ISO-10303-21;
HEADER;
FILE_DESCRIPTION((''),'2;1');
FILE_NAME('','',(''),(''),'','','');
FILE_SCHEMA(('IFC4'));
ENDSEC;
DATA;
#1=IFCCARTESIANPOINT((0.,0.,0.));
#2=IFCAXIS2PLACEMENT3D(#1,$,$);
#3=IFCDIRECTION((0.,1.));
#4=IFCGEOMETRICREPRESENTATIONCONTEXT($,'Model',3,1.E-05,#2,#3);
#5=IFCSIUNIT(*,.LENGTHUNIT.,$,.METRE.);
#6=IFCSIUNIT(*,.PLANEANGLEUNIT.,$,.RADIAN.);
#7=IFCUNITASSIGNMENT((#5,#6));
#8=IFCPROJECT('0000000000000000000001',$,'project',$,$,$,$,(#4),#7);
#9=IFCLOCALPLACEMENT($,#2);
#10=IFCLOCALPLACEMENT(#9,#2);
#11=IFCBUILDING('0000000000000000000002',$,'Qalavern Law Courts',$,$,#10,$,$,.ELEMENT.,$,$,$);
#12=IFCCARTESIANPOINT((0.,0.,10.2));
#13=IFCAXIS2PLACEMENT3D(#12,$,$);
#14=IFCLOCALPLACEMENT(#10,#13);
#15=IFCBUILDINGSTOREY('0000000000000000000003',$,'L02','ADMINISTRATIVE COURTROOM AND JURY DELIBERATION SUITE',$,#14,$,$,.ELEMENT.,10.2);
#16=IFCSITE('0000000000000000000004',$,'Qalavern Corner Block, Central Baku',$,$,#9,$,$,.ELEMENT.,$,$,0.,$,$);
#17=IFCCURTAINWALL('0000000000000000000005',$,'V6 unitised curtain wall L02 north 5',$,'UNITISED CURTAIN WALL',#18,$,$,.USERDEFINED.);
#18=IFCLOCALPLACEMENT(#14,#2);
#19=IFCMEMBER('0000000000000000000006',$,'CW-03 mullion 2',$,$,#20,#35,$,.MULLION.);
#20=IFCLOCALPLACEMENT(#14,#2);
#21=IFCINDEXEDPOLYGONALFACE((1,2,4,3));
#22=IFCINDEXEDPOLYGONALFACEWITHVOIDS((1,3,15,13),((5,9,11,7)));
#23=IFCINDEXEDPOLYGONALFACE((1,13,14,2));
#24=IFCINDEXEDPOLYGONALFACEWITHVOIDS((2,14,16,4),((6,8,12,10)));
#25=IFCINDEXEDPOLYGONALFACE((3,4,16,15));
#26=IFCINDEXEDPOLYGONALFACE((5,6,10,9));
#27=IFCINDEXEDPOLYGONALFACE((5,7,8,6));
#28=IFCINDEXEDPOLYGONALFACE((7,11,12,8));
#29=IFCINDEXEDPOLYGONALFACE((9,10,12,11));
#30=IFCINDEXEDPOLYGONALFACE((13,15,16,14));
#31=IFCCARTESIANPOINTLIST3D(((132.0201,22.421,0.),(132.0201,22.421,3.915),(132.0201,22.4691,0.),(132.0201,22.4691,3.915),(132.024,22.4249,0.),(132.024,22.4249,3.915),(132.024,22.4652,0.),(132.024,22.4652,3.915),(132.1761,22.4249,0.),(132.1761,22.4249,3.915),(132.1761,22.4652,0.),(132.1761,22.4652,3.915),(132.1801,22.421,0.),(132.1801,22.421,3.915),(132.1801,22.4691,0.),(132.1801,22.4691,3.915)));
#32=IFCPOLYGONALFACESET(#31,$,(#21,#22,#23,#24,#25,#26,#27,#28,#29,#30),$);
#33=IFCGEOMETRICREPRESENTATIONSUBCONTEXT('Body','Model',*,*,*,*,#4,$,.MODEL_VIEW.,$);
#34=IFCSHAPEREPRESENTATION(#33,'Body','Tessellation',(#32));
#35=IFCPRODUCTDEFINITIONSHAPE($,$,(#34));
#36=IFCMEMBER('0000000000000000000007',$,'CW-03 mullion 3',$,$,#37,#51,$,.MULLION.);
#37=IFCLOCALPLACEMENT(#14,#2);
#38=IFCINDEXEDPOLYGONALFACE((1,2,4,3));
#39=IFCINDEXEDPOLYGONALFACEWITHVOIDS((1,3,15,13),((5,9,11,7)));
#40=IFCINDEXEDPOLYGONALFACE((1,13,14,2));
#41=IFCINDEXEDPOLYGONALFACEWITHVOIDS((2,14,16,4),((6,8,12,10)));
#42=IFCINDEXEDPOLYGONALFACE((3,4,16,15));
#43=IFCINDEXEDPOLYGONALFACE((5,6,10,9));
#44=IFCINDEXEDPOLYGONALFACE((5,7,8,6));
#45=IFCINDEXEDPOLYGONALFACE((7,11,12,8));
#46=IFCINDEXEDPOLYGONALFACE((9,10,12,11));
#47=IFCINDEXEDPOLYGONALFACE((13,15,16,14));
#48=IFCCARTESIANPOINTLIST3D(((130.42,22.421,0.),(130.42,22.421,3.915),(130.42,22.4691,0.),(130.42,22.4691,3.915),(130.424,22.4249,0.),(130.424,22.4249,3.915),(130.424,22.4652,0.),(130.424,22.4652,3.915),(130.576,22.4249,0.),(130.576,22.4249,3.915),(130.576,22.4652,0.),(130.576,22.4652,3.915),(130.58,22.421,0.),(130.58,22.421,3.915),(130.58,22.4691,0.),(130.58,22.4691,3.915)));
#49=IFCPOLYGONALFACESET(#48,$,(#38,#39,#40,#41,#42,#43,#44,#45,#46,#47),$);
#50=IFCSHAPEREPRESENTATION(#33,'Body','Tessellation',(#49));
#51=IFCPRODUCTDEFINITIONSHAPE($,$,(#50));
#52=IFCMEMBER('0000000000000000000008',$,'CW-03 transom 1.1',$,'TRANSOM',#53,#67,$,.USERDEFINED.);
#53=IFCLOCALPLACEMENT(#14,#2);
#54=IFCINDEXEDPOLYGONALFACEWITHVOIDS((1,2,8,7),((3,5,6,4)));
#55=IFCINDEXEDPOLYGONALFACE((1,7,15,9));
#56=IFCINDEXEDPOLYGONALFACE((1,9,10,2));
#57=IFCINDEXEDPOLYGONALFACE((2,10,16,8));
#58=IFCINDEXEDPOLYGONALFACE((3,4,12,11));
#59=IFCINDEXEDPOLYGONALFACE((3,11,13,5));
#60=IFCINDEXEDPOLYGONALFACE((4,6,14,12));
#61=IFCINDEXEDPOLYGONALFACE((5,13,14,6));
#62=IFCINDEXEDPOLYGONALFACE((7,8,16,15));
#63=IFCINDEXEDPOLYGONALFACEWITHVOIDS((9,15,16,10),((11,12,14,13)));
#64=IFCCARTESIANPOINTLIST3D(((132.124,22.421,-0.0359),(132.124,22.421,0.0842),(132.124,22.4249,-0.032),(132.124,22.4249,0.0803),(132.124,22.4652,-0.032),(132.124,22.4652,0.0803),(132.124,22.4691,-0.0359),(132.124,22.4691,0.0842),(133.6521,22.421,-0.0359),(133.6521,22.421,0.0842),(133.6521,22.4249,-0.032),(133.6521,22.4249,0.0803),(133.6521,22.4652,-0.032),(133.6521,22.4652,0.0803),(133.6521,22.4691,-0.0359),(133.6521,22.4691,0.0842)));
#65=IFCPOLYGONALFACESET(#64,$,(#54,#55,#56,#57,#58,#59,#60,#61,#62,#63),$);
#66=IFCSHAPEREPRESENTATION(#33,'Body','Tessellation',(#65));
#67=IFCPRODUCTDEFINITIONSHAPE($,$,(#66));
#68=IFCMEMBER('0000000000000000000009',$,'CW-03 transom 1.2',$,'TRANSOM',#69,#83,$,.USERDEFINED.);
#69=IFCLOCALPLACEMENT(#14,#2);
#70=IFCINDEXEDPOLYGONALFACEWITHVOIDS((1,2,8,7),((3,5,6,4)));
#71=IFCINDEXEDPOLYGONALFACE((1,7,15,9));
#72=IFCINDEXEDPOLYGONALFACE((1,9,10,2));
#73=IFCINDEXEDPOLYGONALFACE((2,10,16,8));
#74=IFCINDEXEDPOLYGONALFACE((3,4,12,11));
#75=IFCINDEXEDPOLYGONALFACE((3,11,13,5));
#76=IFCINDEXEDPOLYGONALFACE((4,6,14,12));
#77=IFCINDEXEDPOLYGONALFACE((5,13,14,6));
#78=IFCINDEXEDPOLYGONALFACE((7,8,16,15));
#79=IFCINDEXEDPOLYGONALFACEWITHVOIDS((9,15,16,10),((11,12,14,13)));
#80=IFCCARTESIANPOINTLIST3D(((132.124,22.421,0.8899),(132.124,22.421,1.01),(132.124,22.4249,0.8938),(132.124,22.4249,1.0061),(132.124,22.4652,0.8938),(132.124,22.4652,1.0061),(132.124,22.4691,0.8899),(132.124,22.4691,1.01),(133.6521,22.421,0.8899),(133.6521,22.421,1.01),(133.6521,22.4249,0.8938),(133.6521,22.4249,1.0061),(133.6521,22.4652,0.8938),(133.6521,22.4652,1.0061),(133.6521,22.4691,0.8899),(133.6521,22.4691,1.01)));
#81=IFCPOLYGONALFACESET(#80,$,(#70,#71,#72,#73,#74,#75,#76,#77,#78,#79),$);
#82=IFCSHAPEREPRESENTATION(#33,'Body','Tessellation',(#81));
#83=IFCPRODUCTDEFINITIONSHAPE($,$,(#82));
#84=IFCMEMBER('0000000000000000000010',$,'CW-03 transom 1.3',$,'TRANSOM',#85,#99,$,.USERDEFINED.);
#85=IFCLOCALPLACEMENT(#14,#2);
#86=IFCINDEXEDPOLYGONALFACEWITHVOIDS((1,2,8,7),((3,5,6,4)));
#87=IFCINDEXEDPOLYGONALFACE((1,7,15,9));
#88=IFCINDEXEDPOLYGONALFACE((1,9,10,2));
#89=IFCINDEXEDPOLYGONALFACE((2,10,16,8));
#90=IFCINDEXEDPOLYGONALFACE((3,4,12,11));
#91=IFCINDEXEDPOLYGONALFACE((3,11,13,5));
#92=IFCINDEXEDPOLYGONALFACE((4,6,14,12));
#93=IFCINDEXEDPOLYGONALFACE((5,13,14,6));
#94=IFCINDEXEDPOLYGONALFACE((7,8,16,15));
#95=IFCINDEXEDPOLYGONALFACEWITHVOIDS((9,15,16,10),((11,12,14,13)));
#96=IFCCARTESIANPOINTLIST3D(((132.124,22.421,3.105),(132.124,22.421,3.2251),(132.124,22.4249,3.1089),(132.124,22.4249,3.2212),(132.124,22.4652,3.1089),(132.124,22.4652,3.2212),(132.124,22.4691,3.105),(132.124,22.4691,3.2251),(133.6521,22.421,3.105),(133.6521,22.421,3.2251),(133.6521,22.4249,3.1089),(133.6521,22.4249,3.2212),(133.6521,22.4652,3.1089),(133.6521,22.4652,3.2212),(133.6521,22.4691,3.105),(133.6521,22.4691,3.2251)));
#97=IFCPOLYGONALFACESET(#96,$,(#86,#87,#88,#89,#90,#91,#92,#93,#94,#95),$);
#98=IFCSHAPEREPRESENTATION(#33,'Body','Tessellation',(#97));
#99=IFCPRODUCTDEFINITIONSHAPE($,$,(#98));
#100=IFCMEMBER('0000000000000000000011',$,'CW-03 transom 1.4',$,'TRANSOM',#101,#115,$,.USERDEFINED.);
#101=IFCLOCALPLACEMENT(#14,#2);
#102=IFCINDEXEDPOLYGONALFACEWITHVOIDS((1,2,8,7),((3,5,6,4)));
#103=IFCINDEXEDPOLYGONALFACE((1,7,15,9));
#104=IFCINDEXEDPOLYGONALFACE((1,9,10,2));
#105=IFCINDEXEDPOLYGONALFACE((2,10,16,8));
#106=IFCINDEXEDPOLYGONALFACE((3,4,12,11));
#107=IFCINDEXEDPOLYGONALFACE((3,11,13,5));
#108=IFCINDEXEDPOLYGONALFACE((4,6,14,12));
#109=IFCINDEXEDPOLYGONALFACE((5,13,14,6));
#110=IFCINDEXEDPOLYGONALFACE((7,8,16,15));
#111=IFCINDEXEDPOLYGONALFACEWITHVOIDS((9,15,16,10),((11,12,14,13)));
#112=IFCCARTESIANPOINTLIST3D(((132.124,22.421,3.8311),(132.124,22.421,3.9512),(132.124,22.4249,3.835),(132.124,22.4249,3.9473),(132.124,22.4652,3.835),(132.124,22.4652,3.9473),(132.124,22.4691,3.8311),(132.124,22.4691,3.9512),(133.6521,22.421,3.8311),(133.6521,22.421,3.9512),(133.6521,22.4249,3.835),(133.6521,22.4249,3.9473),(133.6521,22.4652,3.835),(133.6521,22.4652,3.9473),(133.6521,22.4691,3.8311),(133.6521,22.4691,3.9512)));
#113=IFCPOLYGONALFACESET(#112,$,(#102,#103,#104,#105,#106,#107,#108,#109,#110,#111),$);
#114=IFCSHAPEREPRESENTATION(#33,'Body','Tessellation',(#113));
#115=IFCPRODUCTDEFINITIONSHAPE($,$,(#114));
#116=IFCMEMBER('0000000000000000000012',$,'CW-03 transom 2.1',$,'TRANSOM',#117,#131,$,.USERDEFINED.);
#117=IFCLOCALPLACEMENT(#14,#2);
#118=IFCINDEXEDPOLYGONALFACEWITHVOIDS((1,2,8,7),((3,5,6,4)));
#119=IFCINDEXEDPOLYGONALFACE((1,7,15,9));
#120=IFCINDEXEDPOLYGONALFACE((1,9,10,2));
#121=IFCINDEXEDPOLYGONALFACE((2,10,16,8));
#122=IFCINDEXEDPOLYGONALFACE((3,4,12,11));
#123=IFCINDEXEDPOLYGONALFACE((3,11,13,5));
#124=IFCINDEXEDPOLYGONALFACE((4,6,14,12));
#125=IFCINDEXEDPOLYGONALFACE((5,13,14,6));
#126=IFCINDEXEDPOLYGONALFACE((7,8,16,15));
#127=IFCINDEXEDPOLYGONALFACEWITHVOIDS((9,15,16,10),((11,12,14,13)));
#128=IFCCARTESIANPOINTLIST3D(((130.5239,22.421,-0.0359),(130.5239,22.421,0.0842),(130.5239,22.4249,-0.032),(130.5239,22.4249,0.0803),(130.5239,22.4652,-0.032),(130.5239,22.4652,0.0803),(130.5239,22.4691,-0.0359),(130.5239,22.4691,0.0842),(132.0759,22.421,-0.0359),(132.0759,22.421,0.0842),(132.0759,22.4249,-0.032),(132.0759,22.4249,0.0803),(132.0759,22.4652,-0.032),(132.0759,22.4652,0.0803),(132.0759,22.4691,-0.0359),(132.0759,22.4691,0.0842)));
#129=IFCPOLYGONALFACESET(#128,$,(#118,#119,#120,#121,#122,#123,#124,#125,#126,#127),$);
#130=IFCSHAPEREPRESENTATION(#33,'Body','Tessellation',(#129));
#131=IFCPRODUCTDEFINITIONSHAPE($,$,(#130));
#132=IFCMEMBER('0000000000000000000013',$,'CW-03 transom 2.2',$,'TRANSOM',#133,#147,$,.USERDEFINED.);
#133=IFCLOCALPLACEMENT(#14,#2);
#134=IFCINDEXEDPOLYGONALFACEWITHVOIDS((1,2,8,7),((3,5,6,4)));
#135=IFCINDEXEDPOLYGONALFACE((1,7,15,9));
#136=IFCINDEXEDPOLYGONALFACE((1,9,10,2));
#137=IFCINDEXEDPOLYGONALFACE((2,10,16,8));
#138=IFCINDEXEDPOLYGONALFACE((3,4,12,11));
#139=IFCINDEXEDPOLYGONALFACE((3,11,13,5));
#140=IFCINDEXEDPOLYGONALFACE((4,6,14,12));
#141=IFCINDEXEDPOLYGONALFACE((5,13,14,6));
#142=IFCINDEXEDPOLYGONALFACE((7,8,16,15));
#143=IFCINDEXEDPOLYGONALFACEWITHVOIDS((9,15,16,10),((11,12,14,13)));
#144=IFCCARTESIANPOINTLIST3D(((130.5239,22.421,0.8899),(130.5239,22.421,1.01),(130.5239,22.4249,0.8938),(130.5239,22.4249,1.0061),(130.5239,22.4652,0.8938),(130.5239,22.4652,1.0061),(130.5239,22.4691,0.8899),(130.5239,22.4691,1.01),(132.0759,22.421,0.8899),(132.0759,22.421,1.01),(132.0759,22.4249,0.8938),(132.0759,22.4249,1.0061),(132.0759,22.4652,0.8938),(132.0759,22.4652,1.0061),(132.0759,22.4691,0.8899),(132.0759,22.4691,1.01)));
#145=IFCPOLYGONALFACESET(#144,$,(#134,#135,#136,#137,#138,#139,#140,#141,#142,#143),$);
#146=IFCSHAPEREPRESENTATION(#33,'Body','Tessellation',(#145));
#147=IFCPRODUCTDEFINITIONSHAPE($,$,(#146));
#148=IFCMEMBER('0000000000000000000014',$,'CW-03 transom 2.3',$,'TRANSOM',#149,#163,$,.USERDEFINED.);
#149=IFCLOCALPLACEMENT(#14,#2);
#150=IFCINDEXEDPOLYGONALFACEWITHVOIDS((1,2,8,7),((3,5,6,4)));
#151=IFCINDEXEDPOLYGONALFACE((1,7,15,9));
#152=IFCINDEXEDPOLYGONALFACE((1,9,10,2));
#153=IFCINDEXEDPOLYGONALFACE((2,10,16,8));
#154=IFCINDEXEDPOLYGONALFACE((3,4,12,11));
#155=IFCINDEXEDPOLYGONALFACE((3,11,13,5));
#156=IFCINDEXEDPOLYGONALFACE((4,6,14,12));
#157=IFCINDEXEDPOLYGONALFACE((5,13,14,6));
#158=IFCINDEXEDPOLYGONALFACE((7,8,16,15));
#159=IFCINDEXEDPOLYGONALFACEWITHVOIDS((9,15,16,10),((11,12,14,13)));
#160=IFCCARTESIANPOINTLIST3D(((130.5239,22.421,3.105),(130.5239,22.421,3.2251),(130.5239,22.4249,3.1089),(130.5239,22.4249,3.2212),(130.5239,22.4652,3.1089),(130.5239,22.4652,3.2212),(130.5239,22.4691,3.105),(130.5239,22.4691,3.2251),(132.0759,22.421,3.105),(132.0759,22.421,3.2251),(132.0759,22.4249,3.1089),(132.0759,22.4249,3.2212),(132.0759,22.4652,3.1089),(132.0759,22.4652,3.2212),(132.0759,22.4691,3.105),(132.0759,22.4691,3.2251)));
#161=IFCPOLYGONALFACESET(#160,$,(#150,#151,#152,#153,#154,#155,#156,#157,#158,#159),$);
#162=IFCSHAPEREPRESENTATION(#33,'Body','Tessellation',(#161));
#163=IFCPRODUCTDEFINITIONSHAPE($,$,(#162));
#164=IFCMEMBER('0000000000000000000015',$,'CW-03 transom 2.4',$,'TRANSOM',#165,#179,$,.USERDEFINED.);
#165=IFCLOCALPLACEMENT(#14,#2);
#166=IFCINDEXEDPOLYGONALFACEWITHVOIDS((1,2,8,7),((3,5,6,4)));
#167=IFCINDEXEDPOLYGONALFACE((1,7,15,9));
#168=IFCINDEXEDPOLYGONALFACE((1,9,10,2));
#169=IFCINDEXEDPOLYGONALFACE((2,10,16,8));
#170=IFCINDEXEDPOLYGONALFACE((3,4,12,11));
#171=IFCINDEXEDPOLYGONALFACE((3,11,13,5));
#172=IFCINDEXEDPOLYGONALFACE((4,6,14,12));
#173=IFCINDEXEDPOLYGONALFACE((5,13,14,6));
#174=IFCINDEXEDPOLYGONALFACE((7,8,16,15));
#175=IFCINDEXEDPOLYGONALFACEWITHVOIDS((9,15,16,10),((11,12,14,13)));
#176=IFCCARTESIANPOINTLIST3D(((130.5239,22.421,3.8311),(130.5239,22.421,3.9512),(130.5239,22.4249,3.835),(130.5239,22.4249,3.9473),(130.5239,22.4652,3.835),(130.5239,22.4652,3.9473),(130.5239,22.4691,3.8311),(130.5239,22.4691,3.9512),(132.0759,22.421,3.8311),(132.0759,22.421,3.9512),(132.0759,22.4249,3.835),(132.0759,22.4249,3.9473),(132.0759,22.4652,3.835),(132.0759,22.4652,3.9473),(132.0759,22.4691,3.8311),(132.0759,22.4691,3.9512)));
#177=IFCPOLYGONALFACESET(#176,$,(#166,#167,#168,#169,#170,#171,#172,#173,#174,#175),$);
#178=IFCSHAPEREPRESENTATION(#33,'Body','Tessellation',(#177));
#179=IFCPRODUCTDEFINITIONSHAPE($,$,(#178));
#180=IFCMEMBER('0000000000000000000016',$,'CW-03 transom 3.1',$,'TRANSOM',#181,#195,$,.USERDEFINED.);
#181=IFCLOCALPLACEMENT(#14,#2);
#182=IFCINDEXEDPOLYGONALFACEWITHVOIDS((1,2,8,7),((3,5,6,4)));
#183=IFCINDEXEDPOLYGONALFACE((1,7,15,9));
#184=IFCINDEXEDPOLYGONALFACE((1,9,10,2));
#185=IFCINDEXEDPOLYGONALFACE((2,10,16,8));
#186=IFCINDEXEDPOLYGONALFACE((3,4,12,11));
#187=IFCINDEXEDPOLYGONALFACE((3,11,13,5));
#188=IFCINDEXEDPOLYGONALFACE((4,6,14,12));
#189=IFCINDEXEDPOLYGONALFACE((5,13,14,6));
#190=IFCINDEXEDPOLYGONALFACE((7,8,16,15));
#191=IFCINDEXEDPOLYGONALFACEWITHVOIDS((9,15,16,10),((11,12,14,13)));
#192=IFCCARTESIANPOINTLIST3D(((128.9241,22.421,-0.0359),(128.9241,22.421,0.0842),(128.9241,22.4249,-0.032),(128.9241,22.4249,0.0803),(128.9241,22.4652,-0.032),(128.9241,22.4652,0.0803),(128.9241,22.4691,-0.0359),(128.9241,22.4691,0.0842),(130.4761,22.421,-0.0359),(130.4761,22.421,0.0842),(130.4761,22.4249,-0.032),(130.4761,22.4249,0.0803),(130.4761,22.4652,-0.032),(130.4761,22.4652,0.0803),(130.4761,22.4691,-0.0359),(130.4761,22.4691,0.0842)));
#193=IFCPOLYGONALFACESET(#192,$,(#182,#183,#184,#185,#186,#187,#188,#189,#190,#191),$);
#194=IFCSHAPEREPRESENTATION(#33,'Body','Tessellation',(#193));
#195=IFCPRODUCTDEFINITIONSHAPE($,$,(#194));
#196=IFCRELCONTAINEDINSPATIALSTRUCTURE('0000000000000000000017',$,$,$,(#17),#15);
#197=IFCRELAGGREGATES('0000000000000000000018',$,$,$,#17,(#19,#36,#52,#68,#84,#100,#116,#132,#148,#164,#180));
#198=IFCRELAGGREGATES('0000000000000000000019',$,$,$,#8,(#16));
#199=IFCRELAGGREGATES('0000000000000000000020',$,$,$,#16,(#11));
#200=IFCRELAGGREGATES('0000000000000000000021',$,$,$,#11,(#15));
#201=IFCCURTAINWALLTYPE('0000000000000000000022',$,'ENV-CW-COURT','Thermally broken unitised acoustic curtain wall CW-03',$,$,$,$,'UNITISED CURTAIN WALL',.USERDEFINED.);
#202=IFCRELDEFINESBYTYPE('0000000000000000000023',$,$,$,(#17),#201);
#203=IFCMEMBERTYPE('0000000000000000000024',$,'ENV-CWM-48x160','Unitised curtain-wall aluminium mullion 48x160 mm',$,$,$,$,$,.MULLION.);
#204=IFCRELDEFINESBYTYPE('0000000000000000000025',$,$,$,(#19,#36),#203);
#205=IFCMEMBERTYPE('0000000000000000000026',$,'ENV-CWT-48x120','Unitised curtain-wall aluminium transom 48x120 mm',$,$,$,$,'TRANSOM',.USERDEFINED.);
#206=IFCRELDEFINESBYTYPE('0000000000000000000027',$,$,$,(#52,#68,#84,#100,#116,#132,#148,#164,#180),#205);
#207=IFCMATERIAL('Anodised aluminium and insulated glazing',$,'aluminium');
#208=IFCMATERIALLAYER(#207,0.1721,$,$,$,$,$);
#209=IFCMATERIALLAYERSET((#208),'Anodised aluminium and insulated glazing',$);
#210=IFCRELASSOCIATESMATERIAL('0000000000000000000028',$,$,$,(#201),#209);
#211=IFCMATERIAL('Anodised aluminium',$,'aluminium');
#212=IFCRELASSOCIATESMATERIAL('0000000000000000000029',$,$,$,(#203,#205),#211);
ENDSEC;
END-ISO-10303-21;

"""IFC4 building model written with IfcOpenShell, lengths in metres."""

from ifc_helpers import new_model, si_unit, direction, frame, origin, origin_2d, place, context, subcontext, project, spatial, hollow_rectangle, extrude, material, layer, layer_set, material_profile, profile_set, type_object, element, aggregate, save


model = new_model("IFC4")

# Units and contexts
model_context = context("Model", 3, precision=1e-05, world=origin(), true_north=direction((0.0, 1.0)))
body_context = subcontext(model_context, "Body", "Model", "MODEL_VIEW")
ifc_project = project(units=[si_unit("LENGTHUNIT", "METRE"), si_unit("PLANEANGLEUNIT", "RADIAN")], contexts=[model_context])

# Site, building, storey
site_placement = place(None, origin())
site = spatial("IfcSite", under=ifc_project, at=site_placement, Name="Qalavern Corner Block, Central Baku", CompositionType="ELEMENT", RefElevation=0.0)
building_placement = place(site_placement, origin())
building = spatial("IfcBuilding", under=site, at=building_placement, Name="Qalavern Law Courts", CompositionType="ELEMENT")
storey_placement = place(building_placement, frame((0.0, 0.0, 10.2)))
storey = spatial("IfcBuildingStorey", under=building, at=storey_placement, Name="L02", Description="ADMINISTRATIVE COURTROOM AND JURY DELIBERATION SUITE", CompositionType="ELEMENT", Elevation=10.2)

# Curtain wall, members
ifc_material_1 = material(Name="Anodised aluminium and insulated glazing", Category="aluminium")
ifc_layer_1 = layer(ifc_material_1, 0.1721)
ifc_layer_set_1 = layer_set([ifc_layer_1], Name="Anodised aluminium and insulated glazing")
curtain_wall_type = type_object("IfcCurtainWallType", Name="ENV-CW-COURT", Description="Thermally broken unitised acoustic curtain wall CW-03", ElementType="UNITISED CURTAIN WALL", PredefinedType="USERDEFINED", material=ifc_layer_set_1)
curtain_wall_placement = place(storey_placement, origin())
curtain_wall = element("IfcCurtainWall", 1, at=curtain_wall_placement, inside=storey, type_object=curtain_wall_type, Name="V6 unitised curtain wall L02 north 5", ObjectType="UNITISED CURTAIN WALL", PredefinedType="USERDEFINED")
ifc_material_2 = material(Name="Anodised aluminium", Category="aluminium")
ifc_material_profile_1 = material_profile(ifc_material_2, hollow_rectangle(XDim=0.0481, YDim=0.1599, WallThickness=0.0039, at=origin_2d()), Name="ALU MULLION 48x160")
ifc_profile_set_1 = profile_set([ifc_material_profile_1], Name="Anodised aluminium")
member_type_1 = type_object("IfcMemberType", Name="ENV-CWM-48x160", Description="Unitised curtain-wall aluminium mullion 48x160 mm", PredefinedType="MULLION", material=ifc_profile_set_1)
member_1_placement = place(storey_placement, frame((132.1001, 22.4451, 0.0), z_axis=(0.0, 0.0, 1.0), x_axis=(0.0, -1.0, 0.0)))
member_1 = element("IfcMember", 2, at=member_1_placement, type_object=member_type_1, Name="CW-03 mullion 2", PredefinedType="MULLION", context=body_context, shape_type="SweptSolid", body=[
    extrude(hollow_rectangle(XDim=0.0481, YDim=0.1599, WallThickness=0.0039, at=origin_2d()), origin(), (0.0, 0.0, 1.0), 3.915),
])
member_2_placement = place(storey_placement, frame((130.5, 22.4451, 0.0), z_axis=(0.0, 0.0, 1.0), x_axis=(0.0, -1.0, 0.0)))
member_2 = element("IfcMember", 3, at=member_2_placement, type_object=member_type_1, Name="CW-03 mullion 3", PredefinedType="MULLION", context=body_context, shape_type="SweptSolid", body=[
    extrude(hollow_rectangle(XDim=0.0481, YDim=0.1599, WallThickness=0.0039, at=origin_2d()), origin(), (0.0, 0.0, 1.0), 3.915),
])
ifc_material_profile_2 = material_profile(ifc_material_2, hollow_rectangle(XDim=0.0481, YDim=0.1201, WallThickness=0.0039, at=origin_2d()), Name="ALU TRANSOM 48x120")
ifc_profile_set_2 = profile_set([ifc_material_profile_2], Name="Anodised aluminium")
member_type_2 = type_object("IfcMemberType", Name="ENV-CWT-48x120", Description="Unitised curtain-wall aluminium transom 48x120 mm", ElementType="TRANSOM", PredefinedType="USERDEFINED", material=ifc_profile_set_2)
member_3_placement = place(storey_placement, frame((133.6521, 22.4451, 0.0242), z_axis=(-1.0, 0.0, 0.0), x_axis=(0.0, -1.0, 0.0)))
member_3 = element("IfcMember", 4, at=member_3_placement, type_object=member_type_2, Name="CW-03 transom 1.1", ObjectType="TRANSOM", PredefinedType="USERDEFINED", context=body_context, shape_type="SweptSolid", body=[
    extrude(hollow_rectangle(XDim=0.0481, YDim=0.1201, WallThickness=0.0039, at=origin_2d()), origin(), (0.0, 0.0, 1.0), 1.5281),
])
member_4_placement = place(storey_placement, frame((133.6521, 22.4451, 0.95), z_axis=(-1.0, 0.0, 0.0), x_axis=(0.0, -1.0, 0.0)))
member_4 = element("IfcMember", 5, at=member_4_placement, type_object=member_type_2, Name="CW-03 transom 1.2", ObjectType="TRANSOM", PredefinedType="USERDEFINED", context=body_context, shape_type="SweptSolid", body=[
    extrude(hollow_rectangle(XDim=0.0481, YDim=0.1201, WallThickness=0.0039, at=origin_2d()), origin(), (0.0, 0.0, 1.0), 1.5281),
])
member_5_placement = place(storey_placement, frame((133.6521, 22.4451, 3.165), z_axis=(-1.0, 0.0, 0.0), x_axis=(0.0, -1.0, 0.0)))
member_5 = element("IfcMember", 6, at=member_5_placement, type_object=member_type_2, Name="CW-03 transom 1.3", ObjectType="TRANSOM", PredefinedType="USERDEFINED", context=body_context, shape_type="SweptSolid", body=[
    extrude(hollow_rectangle(XDim=0.0481, YDim=0.1201, WallThickness=0.0039, at=origin_2d()), origin(), (0.0, 0.0, 1.0), 1.5281),
])
member_6_placement = place(storey_placement, frame((133.6521, 22.4451, 3.8911), z_axis=(-1.0, 0.0, 0.0), x_axis=(0.0, -1.0, 0.0)))
member_6 = element("IfcMember", 7, at=member_6_placement, type_object=member_type_2, Name="CW-03 transom 1.4", ObjectType="TRANSOM", PredefinedType="USERDEFINED", context=body_context, shape_type="SweptSolid", body=[
    extrude(hollow_rectangle(XDim=0.0481, YDim=0.1201, WallThickness=0.0039, at=origin_2d()), origin(), (0.0, 0.0, 1.0), 1.5281),
])
member_7_placement = place(storey_placement, frame((132.0759, 22.4451, 0.0242), z_axis=(-1.0, 0.0, 0.0), x_axis=(0.0, -1.0, 0.0)))
member_7 = element("IfcMember", 8, at=member_7_placement, type_object=member_type_2, Name="CW-03 transom 2.1", ObjectType="TRANSOM", PredefinedType="USERDEFINED", context=body_context, shape_type="SweptSolid", body=[
    extrude(hollow_rectangle(XDim=0.0481, YDim=0.1201, WallThickness=0.0039, at=origin_2d()), origin(), (0.0, 0.0, 1.0), 1.552),
])
member_8_placement = place(storey_placement, frame((132.0759, 22.4451, 0.95), z_axis=(-1.0, 0.0, 0.0), x_axis=(0.0, -1.0, 0.0)))
member_8 = element("IfcMember", 9, at=member_8_placement, type_object=member_type_2, Name="CW-03 transom 2.2", ObjectType="TRANSOM", PredefinedType="USERDEFINED", context=body_context, shape_type="SweptSolid", body=[
    extrude(hollow_rectangle(XDim=0.0481, YDim=0.1201, WallThickness=0.0039, at=origin_2d()), origin(), (0.0, 0.0, 1.0), 1.552),
])
member_9_placement = place(storey_placement, frame((132.0759, 22.4451, 3.165), z_axis=(-1.0, 0.0, 0.0), x_axis=(0.0, -1.0, 0.0)))
member_9 = element("IfcMember", 10, at=member_9_placement, type_object=member_type_2, Name="CW-03 transom 2.3", ObjectType="TRANSOM", PredefinedType="USERDEFINED", context=body_context, shape_type="SweptSolid", body=[
    extrude(hollow_rectangle(XDim=0.0481, YDim=0.1201, WallThickness=0.0039, at=origin_2d()), origin(), (0.0, 0.0, 1.0), 1.552),
])
member_10_placement = place(storey_placement, frame((132.0759, 22.4451, 3.8911), z_axis=(-1.0, 0.0, 0.0), x_axis=(0.0, -1.0, 0.0)))
member_10 = element("IfcMember", 11, at=member_10_placement, type_object=member_type_2, Name="CW-03 transom 2.4", ObjectType="TRANSOM", PredefinedType="USERDEFINED", context=body_context, shape_type="SweptSolid", body=[
    extrude(hollow_rectangle(XDim=0.0481, YDim=0.1201, WallThickness=0.0039, at=origin_2d()), origin(), (0.0, 0.0, 1.0), 1.552),
])
member_11_placement = place(storey_placement, frame((130.4761, 22.4451, 0.0242), z_axis=(-1.0, 0.0, 0.0), x_axis=(0.0, -1.0, 0.0)))
member_11 = element("IfcMember", 12, at=member_11_placement, type_object=member_type_2, Name="CW-03 transom 3.1", ObjectType="TRANSOM", PredefinedType="USERDEFINED", context=body_context, shape_type="SweptSolid", body=[
    extrude(hollow_rectangle(XDim=0.0481, YDim=0.1201, WallThickness=0.0039, at=origin_2d()), origin(), (0.0, 0.0, 1.0), 1.552),
])
aggregate(curtain_wall, [member_1, member_2, member_3, member_4, member_5, member_6, member_7, member_8, member_9, member_10, member_11])

save(model, "model.ifc")
